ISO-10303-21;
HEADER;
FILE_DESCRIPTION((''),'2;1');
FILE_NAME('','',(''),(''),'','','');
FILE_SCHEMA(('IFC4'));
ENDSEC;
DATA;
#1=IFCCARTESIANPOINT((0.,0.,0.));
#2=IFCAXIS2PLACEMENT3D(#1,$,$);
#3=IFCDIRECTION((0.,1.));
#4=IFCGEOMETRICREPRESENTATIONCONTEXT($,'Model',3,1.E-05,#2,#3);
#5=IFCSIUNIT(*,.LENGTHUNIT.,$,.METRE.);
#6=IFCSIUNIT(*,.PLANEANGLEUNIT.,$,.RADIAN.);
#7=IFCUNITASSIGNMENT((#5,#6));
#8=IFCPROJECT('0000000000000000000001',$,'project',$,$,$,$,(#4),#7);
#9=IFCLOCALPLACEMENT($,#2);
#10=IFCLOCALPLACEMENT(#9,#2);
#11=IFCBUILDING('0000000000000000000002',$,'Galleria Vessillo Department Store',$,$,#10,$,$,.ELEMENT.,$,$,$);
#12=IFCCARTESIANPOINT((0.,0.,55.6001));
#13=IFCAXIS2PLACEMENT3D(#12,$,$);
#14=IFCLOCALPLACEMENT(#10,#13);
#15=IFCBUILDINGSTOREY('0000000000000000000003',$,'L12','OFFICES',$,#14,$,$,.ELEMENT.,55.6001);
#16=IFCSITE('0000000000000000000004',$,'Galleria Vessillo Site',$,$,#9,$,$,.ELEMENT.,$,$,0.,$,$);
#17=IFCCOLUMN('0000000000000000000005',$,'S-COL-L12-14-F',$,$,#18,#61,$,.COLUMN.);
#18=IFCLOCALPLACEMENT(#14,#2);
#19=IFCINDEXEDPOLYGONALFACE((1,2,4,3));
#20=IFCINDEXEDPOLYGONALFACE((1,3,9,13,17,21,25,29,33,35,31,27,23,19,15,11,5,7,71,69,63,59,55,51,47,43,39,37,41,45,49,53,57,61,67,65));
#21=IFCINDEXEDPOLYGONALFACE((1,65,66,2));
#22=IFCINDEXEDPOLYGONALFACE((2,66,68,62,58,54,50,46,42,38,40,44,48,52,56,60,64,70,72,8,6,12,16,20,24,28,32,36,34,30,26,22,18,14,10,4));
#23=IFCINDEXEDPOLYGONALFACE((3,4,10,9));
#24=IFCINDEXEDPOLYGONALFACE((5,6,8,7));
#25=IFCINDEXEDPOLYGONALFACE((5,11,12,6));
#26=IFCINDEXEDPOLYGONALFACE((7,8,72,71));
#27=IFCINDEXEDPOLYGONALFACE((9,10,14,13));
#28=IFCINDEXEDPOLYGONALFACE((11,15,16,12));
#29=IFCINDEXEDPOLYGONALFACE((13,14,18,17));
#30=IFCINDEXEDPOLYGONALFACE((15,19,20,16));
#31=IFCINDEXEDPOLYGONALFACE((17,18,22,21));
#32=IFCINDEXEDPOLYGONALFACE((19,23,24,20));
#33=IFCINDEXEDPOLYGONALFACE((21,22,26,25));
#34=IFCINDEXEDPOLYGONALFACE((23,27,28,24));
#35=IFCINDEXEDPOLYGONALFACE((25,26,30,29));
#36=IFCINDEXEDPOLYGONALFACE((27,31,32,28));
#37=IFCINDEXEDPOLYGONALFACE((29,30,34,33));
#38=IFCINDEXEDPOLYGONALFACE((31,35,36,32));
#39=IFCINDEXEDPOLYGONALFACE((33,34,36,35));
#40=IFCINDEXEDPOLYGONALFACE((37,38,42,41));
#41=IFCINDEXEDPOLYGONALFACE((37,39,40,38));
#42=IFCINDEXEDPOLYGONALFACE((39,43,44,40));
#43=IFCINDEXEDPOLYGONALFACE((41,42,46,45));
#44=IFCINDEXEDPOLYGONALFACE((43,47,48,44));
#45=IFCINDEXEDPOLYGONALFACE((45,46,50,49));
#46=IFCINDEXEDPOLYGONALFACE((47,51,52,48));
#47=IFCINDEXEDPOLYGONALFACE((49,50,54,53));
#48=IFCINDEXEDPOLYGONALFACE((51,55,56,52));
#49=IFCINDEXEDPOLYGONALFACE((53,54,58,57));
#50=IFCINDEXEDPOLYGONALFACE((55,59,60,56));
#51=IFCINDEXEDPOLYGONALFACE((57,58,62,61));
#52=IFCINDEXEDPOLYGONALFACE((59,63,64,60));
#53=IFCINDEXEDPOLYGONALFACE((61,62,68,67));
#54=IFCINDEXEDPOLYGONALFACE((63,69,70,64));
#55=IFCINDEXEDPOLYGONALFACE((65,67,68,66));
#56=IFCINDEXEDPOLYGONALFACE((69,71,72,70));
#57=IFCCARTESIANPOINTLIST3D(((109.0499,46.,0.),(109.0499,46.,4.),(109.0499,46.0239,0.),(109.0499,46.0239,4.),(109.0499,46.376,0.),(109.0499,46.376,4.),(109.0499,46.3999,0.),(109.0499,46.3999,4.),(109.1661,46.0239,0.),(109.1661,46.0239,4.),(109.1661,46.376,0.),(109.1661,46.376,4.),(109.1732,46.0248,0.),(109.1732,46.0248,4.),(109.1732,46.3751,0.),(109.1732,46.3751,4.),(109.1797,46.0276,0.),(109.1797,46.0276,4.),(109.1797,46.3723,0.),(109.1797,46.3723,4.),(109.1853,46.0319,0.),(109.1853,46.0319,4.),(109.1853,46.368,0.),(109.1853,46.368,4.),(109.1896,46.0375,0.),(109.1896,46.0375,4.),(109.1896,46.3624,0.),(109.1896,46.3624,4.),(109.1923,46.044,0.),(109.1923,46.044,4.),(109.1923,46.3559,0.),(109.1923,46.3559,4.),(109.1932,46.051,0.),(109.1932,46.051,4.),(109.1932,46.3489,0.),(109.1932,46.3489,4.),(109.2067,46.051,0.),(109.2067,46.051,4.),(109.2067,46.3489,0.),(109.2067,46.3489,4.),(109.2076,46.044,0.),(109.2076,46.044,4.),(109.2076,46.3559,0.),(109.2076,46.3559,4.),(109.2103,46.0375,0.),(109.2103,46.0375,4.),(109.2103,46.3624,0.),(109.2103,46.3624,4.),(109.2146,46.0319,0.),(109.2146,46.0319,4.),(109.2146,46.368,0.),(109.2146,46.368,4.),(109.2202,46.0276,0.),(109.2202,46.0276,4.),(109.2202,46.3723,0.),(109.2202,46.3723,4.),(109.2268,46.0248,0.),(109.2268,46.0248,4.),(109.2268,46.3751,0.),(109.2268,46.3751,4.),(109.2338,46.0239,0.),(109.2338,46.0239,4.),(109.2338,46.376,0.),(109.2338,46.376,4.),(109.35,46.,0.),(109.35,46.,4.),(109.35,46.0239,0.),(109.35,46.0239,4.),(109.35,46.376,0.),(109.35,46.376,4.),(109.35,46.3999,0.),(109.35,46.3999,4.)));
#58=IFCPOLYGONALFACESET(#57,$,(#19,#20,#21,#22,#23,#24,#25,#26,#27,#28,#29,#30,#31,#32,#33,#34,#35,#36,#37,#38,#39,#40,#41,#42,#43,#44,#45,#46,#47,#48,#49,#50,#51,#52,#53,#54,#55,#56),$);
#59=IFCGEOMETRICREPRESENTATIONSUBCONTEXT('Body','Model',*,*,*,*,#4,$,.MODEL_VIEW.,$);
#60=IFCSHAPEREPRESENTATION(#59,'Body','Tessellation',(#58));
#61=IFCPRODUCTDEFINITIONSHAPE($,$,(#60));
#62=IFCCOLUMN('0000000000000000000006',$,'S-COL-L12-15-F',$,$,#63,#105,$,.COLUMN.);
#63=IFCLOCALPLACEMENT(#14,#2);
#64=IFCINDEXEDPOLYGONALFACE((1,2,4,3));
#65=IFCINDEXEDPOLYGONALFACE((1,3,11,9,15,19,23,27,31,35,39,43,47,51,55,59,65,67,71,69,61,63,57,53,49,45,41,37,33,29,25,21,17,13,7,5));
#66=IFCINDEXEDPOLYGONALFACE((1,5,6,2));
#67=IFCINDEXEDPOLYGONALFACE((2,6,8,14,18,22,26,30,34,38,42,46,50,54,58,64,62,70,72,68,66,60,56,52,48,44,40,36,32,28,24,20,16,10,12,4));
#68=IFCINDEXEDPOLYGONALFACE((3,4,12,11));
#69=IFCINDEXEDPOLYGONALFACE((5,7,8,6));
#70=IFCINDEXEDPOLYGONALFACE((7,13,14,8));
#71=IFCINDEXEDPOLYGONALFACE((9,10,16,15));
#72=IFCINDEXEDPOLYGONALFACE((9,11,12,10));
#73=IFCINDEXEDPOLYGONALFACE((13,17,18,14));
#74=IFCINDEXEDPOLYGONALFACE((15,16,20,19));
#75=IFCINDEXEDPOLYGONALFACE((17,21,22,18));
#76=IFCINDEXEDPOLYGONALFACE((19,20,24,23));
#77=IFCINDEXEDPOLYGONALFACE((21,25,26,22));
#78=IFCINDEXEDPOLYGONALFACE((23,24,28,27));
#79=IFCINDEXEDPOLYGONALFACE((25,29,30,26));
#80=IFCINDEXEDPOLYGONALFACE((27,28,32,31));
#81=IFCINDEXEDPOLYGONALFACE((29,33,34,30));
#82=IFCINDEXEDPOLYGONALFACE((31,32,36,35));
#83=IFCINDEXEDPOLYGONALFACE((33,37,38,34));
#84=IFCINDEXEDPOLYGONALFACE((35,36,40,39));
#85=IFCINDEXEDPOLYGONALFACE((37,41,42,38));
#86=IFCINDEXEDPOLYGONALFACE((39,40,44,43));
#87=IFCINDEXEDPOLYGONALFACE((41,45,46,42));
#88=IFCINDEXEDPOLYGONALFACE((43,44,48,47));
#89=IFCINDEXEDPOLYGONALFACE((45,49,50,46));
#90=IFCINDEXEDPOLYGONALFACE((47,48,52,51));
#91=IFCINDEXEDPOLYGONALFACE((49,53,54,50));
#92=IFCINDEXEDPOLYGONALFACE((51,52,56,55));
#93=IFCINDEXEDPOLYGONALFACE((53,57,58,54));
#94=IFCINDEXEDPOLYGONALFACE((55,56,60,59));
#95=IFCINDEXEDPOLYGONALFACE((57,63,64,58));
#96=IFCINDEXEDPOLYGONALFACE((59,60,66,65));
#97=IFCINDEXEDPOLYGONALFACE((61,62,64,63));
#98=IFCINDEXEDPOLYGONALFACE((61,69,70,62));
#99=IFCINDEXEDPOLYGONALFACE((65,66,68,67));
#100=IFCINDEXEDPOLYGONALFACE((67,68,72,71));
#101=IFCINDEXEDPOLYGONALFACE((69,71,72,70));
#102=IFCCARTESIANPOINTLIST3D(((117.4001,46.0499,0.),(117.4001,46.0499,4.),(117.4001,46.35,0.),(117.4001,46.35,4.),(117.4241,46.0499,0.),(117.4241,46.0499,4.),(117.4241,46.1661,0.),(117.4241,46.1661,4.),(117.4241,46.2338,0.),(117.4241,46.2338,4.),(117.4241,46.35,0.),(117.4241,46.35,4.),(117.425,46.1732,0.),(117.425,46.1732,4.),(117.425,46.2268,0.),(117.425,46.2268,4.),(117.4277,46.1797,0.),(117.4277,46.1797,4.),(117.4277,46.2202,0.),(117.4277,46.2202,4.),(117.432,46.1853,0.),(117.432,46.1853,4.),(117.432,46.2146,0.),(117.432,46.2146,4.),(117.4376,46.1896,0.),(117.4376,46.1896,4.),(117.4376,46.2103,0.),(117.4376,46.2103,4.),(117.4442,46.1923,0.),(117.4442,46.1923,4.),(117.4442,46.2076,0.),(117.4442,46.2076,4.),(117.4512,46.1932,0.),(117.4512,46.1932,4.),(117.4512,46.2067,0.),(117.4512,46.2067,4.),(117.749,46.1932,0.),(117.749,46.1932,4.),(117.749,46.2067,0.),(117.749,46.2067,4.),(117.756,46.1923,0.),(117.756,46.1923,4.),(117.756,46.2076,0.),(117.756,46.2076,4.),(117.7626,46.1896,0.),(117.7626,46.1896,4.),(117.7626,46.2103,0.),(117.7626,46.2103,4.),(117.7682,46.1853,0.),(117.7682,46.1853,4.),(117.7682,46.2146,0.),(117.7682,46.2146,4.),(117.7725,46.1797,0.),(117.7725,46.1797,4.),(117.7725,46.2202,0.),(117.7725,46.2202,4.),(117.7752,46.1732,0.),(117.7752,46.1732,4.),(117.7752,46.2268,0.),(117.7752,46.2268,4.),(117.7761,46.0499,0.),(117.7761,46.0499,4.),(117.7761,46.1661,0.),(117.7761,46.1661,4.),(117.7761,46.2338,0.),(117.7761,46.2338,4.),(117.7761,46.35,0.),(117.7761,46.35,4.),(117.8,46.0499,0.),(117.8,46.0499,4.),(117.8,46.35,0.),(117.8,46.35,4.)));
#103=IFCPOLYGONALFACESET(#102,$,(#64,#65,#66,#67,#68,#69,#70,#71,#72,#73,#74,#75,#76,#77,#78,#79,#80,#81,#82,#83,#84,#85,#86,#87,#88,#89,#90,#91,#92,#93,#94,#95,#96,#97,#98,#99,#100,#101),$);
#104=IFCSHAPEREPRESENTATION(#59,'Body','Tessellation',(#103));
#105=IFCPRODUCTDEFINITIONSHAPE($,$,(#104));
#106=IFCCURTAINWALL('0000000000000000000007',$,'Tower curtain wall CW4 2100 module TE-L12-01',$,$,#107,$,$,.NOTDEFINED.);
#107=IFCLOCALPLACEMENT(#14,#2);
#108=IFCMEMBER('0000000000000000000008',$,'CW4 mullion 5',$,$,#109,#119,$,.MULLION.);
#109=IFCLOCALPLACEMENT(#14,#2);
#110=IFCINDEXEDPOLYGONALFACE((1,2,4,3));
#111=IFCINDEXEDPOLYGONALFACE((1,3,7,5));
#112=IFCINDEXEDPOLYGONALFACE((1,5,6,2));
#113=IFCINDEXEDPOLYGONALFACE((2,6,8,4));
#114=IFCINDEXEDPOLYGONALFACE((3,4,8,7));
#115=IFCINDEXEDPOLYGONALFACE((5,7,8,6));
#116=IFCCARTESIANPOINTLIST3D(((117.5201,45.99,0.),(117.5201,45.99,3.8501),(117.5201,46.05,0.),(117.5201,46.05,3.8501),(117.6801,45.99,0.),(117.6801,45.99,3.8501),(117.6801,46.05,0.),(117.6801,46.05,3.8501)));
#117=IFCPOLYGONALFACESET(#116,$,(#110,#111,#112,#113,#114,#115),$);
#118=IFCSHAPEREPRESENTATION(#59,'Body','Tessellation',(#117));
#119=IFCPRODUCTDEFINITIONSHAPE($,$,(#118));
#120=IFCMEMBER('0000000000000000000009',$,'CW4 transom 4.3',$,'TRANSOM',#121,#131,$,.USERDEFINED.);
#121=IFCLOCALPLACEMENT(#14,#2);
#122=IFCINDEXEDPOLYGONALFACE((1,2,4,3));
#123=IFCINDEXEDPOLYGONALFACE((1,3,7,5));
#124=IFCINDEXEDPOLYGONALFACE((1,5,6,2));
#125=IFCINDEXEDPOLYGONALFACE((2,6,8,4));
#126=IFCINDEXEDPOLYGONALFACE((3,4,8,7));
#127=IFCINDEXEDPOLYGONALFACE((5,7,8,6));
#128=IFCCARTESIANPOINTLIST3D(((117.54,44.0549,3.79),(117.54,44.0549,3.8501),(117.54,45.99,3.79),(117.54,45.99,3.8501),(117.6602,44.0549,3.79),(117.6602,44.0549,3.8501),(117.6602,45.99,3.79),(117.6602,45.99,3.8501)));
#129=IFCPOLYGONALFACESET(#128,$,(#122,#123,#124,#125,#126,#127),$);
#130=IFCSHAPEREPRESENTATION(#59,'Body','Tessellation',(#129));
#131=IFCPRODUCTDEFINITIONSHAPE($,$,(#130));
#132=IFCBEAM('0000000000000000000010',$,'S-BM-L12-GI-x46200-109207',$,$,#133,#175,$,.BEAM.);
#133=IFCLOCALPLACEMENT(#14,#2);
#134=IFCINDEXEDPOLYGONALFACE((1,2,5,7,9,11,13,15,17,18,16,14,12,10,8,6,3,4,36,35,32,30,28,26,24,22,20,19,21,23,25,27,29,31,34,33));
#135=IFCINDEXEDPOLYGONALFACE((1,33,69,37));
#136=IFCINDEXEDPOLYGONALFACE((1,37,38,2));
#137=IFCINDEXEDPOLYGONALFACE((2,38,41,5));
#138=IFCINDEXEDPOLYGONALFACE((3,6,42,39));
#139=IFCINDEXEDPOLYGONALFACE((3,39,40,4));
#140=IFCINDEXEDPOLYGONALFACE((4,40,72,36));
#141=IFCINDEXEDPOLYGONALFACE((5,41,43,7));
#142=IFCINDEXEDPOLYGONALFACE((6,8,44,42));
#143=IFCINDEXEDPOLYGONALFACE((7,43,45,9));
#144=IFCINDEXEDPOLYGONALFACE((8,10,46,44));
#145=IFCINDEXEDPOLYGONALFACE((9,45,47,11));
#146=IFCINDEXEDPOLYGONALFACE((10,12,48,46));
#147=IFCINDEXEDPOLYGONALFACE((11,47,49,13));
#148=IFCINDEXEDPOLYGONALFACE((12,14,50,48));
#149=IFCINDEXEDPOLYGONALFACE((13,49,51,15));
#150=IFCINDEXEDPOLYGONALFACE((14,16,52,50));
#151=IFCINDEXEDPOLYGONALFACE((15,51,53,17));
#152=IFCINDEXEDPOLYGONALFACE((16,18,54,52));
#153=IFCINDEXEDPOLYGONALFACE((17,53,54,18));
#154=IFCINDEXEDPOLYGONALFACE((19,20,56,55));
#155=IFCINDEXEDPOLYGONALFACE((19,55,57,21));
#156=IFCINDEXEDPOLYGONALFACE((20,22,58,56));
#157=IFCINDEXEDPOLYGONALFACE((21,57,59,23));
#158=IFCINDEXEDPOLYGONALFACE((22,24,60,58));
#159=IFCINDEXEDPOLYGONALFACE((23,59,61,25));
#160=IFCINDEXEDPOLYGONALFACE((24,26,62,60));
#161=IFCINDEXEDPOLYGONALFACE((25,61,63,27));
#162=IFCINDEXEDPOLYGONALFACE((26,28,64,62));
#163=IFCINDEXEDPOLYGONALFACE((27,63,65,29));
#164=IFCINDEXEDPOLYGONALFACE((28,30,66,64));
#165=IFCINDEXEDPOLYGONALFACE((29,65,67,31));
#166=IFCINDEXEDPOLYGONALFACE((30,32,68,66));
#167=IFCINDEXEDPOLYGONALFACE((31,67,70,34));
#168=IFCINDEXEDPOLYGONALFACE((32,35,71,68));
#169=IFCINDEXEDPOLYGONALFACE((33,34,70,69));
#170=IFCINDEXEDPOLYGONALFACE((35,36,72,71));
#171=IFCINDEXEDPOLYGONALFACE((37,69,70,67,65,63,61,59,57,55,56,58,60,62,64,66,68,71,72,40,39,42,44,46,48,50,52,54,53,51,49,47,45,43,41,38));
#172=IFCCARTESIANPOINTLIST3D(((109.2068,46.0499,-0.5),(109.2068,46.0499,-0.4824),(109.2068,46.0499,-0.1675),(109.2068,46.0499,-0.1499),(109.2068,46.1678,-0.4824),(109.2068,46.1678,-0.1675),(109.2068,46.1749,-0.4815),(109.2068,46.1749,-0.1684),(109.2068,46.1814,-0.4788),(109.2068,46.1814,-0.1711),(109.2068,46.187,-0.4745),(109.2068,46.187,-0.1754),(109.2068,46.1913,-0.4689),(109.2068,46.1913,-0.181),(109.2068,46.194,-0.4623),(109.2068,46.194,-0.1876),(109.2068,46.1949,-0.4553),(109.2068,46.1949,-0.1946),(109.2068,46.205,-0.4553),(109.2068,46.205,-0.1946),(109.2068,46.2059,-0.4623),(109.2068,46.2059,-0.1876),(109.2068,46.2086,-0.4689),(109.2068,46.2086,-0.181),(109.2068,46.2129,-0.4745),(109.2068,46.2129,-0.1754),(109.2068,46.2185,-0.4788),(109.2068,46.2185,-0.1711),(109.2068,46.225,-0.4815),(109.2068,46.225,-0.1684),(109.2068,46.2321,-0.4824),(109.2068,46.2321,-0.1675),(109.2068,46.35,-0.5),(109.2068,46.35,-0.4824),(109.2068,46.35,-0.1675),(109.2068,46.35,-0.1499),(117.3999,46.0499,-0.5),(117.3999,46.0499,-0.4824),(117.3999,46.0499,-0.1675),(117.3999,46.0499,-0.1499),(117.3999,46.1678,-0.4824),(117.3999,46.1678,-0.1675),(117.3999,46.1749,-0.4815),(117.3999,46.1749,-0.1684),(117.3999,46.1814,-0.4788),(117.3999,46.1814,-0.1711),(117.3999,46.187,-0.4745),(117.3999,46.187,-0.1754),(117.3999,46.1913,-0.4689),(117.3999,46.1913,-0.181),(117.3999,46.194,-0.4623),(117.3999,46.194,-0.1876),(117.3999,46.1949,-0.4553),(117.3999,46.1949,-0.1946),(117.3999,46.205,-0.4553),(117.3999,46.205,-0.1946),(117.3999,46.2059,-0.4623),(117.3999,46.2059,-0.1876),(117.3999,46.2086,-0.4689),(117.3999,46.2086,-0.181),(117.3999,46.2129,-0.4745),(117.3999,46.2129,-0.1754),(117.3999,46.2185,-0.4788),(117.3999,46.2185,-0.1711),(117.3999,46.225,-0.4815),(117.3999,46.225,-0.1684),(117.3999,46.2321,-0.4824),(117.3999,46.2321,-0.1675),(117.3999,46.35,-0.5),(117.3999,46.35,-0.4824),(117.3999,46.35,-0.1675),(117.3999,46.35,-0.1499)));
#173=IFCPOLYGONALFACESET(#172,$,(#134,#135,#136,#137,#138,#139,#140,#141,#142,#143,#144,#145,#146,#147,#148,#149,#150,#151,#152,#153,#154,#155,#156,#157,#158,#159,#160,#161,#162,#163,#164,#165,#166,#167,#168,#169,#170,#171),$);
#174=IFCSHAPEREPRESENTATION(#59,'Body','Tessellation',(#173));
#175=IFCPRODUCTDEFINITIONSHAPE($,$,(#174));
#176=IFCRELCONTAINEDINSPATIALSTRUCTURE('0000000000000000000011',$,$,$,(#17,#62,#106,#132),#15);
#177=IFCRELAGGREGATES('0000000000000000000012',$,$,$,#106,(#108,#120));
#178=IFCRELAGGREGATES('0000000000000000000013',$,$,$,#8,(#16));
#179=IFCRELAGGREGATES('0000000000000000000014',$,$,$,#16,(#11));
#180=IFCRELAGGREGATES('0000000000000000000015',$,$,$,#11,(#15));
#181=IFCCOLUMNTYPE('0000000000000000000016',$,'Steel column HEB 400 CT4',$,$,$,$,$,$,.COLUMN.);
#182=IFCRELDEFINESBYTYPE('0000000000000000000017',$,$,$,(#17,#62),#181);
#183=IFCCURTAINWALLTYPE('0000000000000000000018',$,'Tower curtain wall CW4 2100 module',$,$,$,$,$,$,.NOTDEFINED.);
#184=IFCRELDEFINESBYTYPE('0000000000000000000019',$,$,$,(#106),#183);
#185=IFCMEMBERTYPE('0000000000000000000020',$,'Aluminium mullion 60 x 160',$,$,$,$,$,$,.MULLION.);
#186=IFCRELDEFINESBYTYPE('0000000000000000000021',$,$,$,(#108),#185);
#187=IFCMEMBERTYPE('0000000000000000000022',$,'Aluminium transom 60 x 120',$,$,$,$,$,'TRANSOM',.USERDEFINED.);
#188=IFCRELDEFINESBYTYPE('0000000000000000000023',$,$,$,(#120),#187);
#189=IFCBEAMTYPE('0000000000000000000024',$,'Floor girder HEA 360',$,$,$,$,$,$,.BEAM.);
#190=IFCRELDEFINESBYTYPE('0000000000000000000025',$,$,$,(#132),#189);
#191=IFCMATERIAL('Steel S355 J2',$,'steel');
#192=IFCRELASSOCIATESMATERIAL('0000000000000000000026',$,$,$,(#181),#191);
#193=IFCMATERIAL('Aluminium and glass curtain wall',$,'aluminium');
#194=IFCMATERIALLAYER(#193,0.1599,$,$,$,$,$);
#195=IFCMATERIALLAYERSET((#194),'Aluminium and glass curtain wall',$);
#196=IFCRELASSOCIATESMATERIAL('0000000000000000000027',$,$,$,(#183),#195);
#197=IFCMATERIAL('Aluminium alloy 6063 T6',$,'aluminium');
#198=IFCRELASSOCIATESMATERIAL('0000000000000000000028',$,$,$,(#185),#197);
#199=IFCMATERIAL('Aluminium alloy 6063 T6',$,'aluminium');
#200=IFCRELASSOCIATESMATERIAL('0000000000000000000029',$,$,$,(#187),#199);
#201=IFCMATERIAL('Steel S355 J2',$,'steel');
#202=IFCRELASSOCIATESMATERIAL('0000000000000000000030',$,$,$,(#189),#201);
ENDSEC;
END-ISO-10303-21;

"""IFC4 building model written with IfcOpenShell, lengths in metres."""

from ifc_helpers import new_model, si_unit, direction, frame, origin, origin_2d, place, context, subcontext, project, spatial, rectangle, i_section, extrude, material, layer, layer_set, material_profile, profile_set, type_object, element, aggregate, save


model = new_model("IFC4")

# Units and contexts
model_context = context("Model", 3, precision=1e-05, world=origin(), true_north=direction((0.0, 1.0)))
body_context = subcontext(model_context, "Body", "Model", "MODEL_VIEW")
ifc_project = project(units=[si_unit("LENGTHUNIT", "METRE"), si_unit("PLANEANGLEUNIT", "RADIAN")], contexts=[model_context])

# Site, building, storey
site_placement = place(None, origin())
site = spatial("IfcSite", under=ifc_project, at=site_placement, Name="Galleria Vessillo Site", CompositionType="ELEMENT", RefElevation=0.0)
building_placement = place(site_placement, origin())
building = spatial("IfcBuilding", under=site, at=building_placement, Name="Galleria Vessillo Department Store", CompositionType="ELEMENT")
storey_placement = place(building_placement, frame((0.0, 0.0, 55.6001)))
storey = spatial("IfcBuildingStorey", under=building, at=storey_placement, Name="L12", Description="OFFICES", CompositionType="ELEMENT", Elevation=55.6001)

# Columns
ifc_material_1 = material(Name="Steel S355 J2", Category="steel")
ifc_material_profile_1 = material_profile(ifc_material_1, i_section(OverallWidth=0.3, OverallDepth=0.3999, WebThickness=0.0134, FlangeThickness=0.0239, FilletRadius=0.0271, at=origin_2d()), Name="HEB 400")
ifc_profile_set_1 = profile_set([ifc_material_profile_1], Name="Steel S355 J2")
column_type = type_object("IfcColumnType", Name="Steel column HEB 400 CT4", PredefinedType="COLUMN", material=ifc_profile_set_1)
for number, where, z_axis, x_axis, name in (
    (1, (109.2, 46.2, 0.0), (0.0, 0.0, 1.0), (1.0, 0.0, 0.0), "S-COL-L12-14-F"),
    (2, (117.6001, 46.2, 0.0), (0.0, 0.0, 1.0), (0.0, 1.0, 0.0), "S-COL-L12-15-F"),
):
    element("IfcColumn", number, at=place(storey_placement, frame(where, z_axis=z_axis, x_axis=x_axis)), inside=storey, type_object=column_type, Name=name, PredefinedType="COLUMN", context=body_context, shape_type="SweptSolid", body=[
        extrude(i_section(OverallWidth=0.3, OverallDepth=0.3999, WebThickness=0.0134, FlangeThickness=0.0239, FilletRadius=0.0271, at=origin_2d()), origin(), (0.0, 0.0, 1.0), 4.0),
    ])

# Curtain wall, members
ifc_material_2 = material(Name="Aluminium and glass curtain wall", Category="aluminium")
ifc_layer_1 = layer(ifc_material_2, 0.1599)
ifc_layer_set_1 = layer_set([ifc_layer_1], Name="Aluminium and glass curtain wall")
curtain_wall_type = type_object("IfcCurtainWallType", Name="Tower curtain wall CW4 2100 module", PredefinedType="NOTDEFINED", material=ifc_layer_set_1)
curtain_wall_placement = place(storey_placement, origin())
curtain_wall = element("IfcCurtainWall", 3, at=curtain_wall_placement, inside=storey, type_object=curtain_wall_type, Name="Tower curtain wall CW4 2100 module TE-L12-01", PredefinedType="NOTDEFINED")
ifc_material_3 = material(Name="Aluminium alloy 6063 T6", Category="aluminium")
ifc_material_profile_2 = material_profile(ifc_material_3, rectangle(XDim=0.1599, YDim=0.0601, at=origin_2d()), Name="AL 60x160")
ifc_profile_set_2 = profile_set([ifc_material_profile_2], Name="Aluminium alloy 6063 T6")
member_type_1 = type_object("IfcMemberType", Name="Aluminium mullion 60 x 160", PredefinedType="MULLION", material=ifc_profile_set_2)
member_1_placement = place(storey_placement, frame((117.6001, 46.02, 0.0), z_axis=(0.0, 0.0, 1.0), x_axis=(-1.0, 0.0, 0.0)))
member_1 = element("IfcMember", 4, at=member_1_placement, type_object=member_type_1, Name="CW4 mullion 5", PredefinedType="MULLION", context=body_context, shape_type="SweptSolid", body=[
    extrude(rectangle(XDim=0.1599, YDim=0.0601, at=origin_2d()), origin(), (0.0, 0.0, 1.0), 3.8501),
])
ifc_material_4 = material(Name="Aluminium alloy 6063 T6", Category="aluminium")
ifc_material_profile_3 = material_profile(ifc_material_4, rectangle(XDim=0.1201, YDim=0.0601, at=origin_2d()), Name="AL 60x120")
ifc_profile_set_3 = profile_set([ifc_material_profile_3], Name="Aluminium alloy 6063 T6")
member_type_2 = type_object("IfcMemberType", Name="Aluminium transom 60 x 120", ElementType="TRANSOM", PredefinedType="USERDEFINED", material=ifc_profile_set_3)
member_2_placement = place(storey_placement, frame((117.6001, 44.0549, 3.8201), z_axis=(0.0, 1.0, 0.0), x_axis=(-1.0, 0.0, 0.0)))
member_2 = element("IfcMember", 5, at=member_2_placement, type_object=member_type_2, Name="CW4 transom 4.3", ObjectType="TRANSOM", PredefinedType="USERDEFINED", context=body_context, shape_type="SweptSolid", body=[
    extrude(rectangle(XDim=0.1201, YDim=0.0601, at=origin_2d()), origin(), (0.0, 0.0, 1.0), 1.9351),
])

# Beam
ifc_material_5 = material(Name="Steel S355 J2", Category="steel")
ifc_material_profile_4 = material_profile(ifc_material_5, i_section(OverallWidth=0.3, OverallDepth=0.3501, WebThickness=0.01, FlangeThickness=0.0176, FilletRadius=0.0271, at=origin_2d()), Name="HEA 360")
ifc_profile_set_4 = profile_set([ifc_material_profile_4], Name="Steel S355 J2")
beam_type_1 = type_object("IfcBeamType", Name="Floor girder HEA 360", PredefinedType="BEAM", material=ifc_profile_set_4)
beam_1_placement = place(storey_placement, frame((109.2068, 46.2, -0.325), z_axis=(1.0, 0.0, 0.0), x_axis=(0.0, 1.0, 0.0)))
element("IfcBeam", 6, at=beam_1_placement, inside=storey, type_object=beam_type_1, Name="S-BM-L12-GI-x46200-109207", PredefinedType="BEAM", context=body_context, shape_type="SweptSolid", body=[
    extrude(i_section(OverallWidth=0.3, OverallDepth=0.3501, WebThickness=0.01, FlangeThickness=0.0176, FilletRadius=0.0271, at=origin_2d()), origin(), (0.0, 0.0, 1.0), 8.1931),
])

aggregate(curtain_wall, [member_1, member_2])

save(model, "model.ifc")
